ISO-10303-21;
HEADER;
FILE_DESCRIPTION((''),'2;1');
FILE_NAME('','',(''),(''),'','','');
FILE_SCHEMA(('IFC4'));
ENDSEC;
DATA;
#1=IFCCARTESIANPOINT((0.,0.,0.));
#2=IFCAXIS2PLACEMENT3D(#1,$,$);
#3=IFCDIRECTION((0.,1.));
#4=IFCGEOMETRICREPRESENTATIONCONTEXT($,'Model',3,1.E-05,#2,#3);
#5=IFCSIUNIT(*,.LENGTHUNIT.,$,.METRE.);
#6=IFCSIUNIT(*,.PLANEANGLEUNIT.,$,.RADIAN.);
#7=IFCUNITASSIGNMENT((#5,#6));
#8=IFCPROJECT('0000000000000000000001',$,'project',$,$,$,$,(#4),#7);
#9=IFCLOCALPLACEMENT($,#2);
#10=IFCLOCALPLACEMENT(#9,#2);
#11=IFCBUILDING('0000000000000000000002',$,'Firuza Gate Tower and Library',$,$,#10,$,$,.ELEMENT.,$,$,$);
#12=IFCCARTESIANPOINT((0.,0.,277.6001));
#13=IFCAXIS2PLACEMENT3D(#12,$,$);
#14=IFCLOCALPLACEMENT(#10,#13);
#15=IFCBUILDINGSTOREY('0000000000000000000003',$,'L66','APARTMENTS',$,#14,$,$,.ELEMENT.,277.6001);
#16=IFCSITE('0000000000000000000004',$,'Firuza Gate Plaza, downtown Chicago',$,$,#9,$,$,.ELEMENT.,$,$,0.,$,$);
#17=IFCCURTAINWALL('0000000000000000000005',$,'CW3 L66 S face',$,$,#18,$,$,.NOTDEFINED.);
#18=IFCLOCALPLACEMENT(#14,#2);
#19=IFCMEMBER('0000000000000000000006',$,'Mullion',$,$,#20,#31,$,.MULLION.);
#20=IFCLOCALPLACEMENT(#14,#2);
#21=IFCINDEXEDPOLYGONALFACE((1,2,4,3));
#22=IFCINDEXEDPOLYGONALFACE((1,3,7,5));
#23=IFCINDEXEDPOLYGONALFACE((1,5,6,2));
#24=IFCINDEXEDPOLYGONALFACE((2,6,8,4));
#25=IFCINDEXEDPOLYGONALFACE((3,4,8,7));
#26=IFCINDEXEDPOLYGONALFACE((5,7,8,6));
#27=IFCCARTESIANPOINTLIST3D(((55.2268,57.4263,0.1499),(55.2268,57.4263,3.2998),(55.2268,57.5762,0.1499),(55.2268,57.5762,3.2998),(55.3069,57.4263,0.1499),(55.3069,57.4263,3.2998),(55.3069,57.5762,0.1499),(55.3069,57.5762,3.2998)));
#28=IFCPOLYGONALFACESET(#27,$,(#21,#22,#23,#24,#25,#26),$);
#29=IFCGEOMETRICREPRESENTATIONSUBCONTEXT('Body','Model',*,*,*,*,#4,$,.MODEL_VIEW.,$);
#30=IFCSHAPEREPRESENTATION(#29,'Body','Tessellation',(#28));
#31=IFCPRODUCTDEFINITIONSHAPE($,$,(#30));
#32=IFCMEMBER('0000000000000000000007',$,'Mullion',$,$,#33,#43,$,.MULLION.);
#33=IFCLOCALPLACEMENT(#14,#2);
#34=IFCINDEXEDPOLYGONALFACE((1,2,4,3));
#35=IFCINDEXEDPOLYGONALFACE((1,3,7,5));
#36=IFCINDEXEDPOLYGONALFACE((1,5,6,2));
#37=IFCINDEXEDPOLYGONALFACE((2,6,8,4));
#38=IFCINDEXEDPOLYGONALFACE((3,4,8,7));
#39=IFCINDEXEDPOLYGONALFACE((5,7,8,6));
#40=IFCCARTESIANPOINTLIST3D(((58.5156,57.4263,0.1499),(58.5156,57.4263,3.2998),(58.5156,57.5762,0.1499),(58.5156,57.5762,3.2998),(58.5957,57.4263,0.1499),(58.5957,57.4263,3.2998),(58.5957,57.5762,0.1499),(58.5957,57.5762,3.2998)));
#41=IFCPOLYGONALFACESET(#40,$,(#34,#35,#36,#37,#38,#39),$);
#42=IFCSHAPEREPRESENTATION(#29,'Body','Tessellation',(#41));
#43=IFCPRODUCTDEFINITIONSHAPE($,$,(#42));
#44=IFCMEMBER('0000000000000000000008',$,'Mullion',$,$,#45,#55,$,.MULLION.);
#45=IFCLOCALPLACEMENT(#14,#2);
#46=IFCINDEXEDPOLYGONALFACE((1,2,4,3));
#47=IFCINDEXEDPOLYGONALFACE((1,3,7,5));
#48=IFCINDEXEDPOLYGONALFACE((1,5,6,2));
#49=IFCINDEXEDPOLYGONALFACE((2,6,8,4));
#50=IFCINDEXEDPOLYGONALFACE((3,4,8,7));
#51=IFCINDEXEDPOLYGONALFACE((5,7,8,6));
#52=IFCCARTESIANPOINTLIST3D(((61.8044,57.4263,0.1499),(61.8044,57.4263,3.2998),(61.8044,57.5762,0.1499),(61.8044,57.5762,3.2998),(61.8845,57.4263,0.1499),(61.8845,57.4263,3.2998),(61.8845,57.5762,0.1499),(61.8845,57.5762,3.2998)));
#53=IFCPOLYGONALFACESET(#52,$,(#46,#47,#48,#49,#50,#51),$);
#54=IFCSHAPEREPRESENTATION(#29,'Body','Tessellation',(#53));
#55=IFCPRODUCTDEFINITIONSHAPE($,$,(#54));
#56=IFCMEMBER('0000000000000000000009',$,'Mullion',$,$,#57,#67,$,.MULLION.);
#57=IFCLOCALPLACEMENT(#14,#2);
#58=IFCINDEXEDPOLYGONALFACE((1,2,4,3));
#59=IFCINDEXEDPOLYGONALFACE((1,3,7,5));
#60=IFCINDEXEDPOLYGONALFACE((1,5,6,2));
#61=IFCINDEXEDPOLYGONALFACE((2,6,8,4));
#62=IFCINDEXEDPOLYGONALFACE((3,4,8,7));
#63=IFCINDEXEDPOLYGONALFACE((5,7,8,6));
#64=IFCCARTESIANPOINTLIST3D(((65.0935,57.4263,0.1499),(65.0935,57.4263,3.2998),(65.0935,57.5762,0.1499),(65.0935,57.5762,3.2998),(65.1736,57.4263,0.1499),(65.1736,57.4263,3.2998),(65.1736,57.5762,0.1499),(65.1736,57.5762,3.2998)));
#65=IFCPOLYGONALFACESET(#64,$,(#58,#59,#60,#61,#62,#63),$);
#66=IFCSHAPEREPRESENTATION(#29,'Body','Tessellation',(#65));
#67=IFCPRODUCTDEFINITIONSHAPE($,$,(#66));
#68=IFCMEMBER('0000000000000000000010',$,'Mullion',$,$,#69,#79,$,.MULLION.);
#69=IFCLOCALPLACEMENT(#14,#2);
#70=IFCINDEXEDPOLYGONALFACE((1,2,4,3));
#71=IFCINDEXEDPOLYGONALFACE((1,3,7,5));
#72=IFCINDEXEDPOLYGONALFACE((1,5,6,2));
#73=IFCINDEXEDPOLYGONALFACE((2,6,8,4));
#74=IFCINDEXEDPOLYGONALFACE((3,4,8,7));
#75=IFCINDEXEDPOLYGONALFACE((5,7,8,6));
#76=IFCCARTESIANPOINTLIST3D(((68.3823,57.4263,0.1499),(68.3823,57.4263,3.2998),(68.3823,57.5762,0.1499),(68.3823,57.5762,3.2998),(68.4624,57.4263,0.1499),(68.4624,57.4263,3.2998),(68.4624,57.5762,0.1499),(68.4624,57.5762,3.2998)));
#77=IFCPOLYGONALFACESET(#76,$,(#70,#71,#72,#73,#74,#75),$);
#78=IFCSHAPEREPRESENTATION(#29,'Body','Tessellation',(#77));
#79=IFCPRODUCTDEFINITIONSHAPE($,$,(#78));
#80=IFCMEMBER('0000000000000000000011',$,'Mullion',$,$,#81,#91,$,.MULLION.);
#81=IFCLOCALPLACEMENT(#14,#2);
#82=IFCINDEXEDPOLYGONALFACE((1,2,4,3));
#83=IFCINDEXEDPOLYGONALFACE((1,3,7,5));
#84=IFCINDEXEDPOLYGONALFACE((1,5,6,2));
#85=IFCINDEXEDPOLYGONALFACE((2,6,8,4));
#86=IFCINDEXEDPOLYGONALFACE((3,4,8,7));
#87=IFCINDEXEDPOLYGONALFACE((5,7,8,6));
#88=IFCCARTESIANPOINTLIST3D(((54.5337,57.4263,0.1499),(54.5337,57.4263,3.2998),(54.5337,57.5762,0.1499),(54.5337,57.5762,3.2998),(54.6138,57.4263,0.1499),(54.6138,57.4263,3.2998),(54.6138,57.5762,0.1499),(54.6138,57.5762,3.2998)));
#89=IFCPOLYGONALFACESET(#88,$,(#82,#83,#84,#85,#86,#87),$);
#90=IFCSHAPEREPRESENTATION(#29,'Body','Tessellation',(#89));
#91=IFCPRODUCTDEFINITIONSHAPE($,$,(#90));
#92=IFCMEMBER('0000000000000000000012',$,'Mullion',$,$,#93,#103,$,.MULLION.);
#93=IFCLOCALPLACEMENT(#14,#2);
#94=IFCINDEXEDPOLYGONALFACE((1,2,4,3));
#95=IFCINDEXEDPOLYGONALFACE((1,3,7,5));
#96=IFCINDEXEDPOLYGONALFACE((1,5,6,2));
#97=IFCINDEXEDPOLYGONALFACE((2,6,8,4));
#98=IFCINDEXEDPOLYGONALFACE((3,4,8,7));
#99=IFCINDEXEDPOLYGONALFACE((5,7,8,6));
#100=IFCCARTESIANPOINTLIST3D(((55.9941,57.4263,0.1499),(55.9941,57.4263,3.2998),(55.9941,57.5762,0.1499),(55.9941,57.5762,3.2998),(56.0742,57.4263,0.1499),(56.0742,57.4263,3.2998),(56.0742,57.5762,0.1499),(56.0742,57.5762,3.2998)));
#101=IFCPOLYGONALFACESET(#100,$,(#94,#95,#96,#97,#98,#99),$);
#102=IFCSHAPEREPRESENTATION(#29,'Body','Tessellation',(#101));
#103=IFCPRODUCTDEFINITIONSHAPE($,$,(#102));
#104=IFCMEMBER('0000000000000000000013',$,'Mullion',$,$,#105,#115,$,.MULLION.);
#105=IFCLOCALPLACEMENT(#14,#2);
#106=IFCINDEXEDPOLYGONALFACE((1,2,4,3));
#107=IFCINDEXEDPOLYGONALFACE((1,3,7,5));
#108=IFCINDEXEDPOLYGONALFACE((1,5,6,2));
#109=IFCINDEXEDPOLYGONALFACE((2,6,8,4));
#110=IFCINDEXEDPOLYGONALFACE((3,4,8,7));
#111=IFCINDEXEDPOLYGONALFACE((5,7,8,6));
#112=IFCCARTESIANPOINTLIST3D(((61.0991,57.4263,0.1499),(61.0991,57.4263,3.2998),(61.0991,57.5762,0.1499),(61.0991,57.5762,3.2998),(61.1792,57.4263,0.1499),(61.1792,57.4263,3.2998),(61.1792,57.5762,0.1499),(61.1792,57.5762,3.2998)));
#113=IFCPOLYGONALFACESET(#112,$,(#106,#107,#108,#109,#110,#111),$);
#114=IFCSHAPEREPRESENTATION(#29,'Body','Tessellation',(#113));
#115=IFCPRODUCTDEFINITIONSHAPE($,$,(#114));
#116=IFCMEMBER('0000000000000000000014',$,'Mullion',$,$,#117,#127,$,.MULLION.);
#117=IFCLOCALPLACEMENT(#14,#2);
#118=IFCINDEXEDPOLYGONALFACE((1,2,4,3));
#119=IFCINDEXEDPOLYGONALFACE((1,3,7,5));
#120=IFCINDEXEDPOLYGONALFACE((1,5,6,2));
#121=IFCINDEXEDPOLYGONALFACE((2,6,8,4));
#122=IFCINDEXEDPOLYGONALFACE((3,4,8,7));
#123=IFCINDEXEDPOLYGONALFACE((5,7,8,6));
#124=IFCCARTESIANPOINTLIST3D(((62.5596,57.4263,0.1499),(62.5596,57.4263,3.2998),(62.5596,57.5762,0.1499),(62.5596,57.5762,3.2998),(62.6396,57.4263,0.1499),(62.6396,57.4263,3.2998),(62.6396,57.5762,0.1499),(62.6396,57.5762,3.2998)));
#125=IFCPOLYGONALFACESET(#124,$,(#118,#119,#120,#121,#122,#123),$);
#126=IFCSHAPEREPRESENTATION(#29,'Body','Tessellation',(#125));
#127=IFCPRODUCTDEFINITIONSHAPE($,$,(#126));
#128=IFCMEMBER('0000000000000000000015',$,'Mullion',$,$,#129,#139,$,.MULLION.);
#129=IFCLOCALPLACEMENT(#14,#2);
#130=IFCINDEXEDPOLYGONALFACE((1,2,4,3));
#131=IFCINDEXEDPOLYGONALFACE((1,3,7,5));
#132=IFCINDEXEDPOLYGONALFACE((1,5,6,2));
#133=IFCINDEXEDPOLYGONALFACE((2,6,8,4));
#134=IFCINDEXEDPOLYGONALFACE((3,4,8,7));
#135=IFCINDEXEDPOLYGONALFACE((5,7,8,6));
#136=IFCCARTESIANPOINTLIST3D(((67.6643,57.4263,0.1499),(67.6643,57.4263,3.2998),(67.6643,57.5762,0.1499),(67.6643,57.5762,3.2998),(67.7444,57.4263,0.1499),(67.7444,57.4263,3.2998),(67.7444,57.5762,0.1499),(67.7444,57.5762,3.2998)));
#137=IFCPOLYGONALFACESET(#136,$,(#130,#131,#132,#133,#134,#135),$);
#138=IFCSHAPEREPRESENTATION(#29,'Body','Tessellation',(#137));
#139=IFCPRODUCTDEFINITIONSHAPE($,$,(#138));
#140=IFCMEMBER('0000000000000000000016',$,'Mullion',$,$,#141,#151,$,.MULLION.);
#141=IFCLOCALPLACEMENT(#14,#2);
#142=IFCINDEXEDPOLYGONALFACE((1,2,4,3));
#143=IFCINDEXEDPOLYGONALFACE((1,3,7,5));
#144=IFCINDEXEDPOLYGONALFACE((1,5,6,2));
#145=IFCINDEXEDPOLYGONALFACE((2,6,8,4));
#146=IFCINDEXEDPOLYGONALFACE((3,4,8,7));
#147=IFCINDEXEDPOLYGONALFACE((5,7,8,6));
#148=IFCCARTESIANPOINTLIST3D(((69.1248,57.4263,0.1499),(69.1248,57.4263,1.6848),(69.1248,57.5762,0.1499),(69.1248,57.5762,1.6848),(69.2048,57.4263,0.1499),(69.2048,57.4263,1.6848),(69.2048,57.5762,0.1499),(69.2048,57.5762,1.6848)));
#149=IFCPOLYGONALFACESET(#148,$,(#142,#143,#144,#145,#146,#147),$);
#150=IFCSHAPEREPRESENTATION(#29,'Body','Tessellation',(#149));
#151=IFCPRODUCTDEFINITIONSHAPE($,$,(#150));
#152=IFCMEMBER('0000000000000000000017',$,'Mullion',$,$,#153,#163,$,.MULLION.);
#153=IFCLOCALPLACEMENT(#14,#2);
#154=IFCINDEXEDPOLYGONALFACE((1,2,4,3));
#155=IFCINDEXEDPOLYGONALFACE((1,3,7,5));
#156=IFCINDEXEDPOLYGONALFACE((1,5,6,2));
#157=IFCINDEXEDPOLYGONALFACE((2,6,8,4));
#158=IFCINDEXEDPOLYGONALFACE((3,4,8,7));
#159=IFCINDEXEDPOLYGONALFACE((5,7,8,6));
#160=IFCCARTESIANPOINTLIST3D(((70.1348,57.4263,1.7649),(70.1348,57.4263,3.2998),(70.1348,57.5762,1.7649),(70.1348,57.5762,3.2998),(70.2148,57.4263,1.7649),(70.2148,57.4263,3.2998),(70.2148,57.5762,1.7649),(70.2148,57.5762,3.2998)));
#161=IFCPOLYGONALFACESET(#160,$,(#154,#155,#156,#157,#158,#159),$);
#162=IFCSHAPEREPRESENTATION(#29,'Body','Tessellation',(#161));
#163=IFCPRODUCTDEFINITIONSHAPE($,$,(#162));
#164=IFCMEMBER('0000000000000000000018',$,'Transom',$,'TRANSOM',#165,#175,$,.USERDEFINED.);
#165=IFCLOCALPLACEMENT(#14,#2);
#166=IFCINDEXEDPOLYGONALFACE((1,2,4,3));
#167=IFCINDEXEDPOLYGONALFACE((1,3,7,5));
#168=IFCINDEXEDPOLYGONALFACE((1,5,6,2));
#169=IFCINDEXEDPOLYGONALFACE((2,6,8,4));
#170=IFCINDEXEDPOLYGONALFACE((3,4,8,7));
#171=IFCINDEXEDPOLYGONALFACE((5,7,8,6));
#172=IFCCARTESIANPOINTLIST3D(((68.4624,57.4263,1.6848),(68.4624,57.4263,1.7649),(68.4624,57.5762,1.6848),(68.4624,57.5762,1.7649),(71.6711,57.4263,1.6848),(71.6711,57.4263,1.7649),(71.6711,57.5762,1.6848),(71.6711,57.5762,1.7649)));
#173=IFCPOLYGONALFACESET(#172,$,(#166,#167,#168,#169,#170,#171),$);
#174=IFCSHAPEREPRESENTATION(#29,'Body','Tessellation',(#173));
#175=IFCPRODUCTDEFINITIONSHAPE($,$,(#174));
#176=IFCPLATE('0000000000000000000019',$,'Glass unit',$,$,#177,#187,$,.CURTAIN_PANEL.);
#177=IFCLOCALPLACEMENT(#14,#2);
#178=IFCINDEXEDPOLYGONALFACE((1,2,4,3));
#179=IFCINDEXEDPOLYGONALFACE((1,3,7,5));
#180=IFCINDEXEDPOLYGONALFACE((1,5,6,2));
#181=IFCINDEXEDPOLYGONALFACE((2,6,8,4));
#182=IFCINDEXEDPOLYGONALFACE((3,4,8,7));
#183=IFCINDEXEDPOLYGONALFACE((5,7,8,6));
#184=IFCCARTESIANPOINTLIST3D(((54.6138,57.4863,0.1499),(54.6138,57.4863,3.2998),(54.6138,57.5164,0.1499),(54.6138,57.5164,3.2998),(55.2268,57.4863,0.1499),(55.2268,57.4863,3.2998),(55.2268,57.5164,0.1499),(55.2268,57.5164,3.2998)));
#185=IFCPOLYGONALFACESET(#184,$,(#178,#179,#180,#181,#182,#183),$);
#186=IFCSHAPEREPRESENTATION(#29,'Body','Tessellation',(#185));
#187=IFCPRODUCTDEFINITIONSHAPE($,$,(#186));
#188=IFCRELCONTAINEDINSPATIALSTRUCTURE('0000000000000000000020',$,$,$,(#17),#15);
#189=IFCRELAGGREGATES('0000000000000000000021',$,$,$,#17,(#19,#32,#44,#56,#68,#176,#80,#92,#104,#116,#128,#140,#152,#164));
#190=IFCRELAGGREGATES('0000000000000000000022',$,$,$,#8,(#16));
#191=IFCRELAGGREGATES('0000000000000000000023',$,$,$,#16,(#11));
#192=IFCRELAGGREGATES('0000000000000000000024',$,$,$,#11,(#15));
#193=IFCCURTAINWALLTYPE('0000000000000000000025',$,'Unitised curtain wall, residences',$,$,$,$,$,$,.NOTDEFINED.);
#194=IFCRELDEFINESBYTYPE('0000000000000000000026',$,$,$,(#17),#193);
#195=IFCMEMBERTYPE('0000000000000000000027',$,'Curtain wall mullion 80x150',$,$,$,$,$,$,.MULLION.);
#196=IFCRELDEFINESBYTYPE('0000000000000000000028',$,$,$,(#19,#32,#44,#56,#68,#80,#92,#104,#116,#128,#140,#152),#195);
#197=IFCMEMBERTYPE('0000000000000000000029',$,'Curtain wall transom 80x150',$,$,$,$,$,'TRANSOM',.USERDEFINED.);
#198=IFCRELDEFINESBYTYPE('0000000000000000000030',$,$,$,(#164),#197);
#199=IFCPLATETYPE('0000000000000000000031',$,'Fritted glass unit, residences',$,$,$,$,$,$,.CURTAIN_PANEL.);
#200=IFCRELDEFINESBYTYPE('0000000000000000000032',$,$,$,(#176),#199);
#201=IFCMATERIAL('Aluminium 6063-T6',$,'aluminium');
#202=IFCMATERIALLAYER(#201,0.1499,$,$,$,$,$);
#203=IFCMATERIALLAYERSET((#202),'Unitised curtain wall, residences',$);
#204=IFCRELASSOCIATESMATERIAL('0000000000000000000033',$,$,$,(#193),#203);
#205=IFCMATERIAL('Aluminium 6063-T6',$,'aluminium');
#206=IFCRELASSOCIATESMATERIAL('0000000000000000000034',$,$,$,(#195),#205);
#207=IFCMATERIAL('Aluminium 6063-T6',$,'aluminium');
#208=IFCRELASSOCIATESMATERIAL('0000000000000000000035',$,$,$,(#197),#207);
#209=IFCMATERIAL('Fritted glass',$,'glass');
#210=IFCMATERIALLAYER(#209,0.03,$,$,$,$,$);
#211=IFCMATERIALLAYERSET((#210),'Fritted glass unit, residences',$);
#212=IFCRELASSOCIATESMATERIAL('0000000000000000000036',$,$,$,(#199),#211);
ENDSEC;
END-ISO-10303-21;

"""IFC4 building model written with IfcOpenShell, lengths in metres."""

from ifc_helpers import new_model, si_unit, direction, frame, origin, origin_2d, place, context, subcontext, project, spatial, polyline, rectangle, outline, extrude, material, layer, layer_set, material_profile, profile_set, type_object, element, aggregate, save


model = new_model("IFC4")

# Units and contexts
model_context = context("Model", 3, precision=1e-05, world=origin(), true_north=direction((0.0, 1.0)))
body_context = subcontext(model_context, "Body", "Model", "MODEL_VIEW")
ifc_project = project(units=[si_unit("LENGTHUNIT", "METRE"), si_unit("PLANEANGLEUNIT", "RADIAN")], contexts=[model_context])

# Site, building, storey
site_placement = place(None, origin())
site = spatial("IfcSite", under=ifc_project, at=site_placement, Name="Firuza Gate Plaza, downtown Chicago", CompositionType="ELEMENT", RefElevation=0.0)
building_placement = place(site_placement, origin())
building = spatial("IfcBuilding", under=site, at=building_placement, Name="Firuza Gate Tower and Library", CompositionType="ELEMENT")
storey_placement = place(building_placement, frame((0.0, 0.0, 277.6001)))
storey = spatial("IfcBuildingStorey", under=building, at=storey_placement, Name="L66", Description="APARTMENTS", CompositionType="ELEMENT", Elevation=277.6001)

# Curtain wall, members, plate
ifc_material_1 = material(Name="Aluminium 6063-T6", Category="aluminium")
ifc_layer_1 = layer(ifc_material_1, 0.1499)
ifc_layer_set_1 = layer_set([ifc_layer_1], Name="Unitised curtain wall, residences")
curtain_wall_type = type_object("IfcCurtainWallType", Name="Unitised curtain wall, residences", PredefinedType="NOTDEFINED", material=ifc_layer_set_1)
curtain_wall_placement = place(storey_placement, origin())
curtain_wall = element("IfcCurtainWall", 1, at=curtain_wall_placement, inside=storey, type_object=curtain_wall_type, Name="CW3 L66 S face", PredefinedType="NOTDEFINED")
ifc_material_2 = material(Name="Aluminium 6063-T6", Category="aluminium")
ifc_material_profile_1 = material_profile(ifc_material_2, rectangle(XDim=0.1499, YDim=0.0801, at=origin_2d()))
ifc_profile_set_1 = profile_set([ifc_material_profile_1], Name="Aluminium 6063-T6")
member_type_1 = type_object("IfcMemberType", Name="Curtain wall mullion 80x150", PredefinedType="MULLION", material=ifc_profile_set_1)
member_1_placement = place(storey_placement, frame((55.2668, 57.5012, 0.1499), z_axis=(0.0, 0.0, 1.0), x_axis=(0.0, 1.0, 0.0)))
member_1 = element("IfcMember", 2, at=member_1_placement, type_object=member_type_1, Name="Mullion", PredefinedType="MULLION", context=body_context, shape_type="SweptSolid", body=[
    extrude(rectangle(XDim=0.1499, YDim=0.0801, at=origin_2d()), origin(), (0.0, 0.0, 1.0), 3.1499),
])
member_2_placement = place(storey_placement, frame((58.5557, 57.5012, 0.1499), z_axis=(0.0, 0.0, 1.0), x_axis=(0.0, 1.0, 0.0)))
member_2 = element("IfcMember", 3, at=member_2_placement, type_object=member_type_1, Name="Mullion", PredefinedType="MULLION", context=body_context, shape_type="SweptSolid", body=[
    extrude(rectangle(XDim=0.1499, YDim=0.0801, at=origin_2d()), origin(), (0.0, 0.0, 1.0), 3.1499),
])
member_3_placement = place(storey_placement, frame((61.8445, 57.5012, 0.1499), z_axis=(0.0, 0.0, 1.0), x_axis=(0.0, 1.0, 0.0)))
member_3 = element("IfcMember", 4, at=member_3_placement, type_object=member_type_1, Name="Mullion", PredefinedType="MULLION", context=body_context, shape_type="SweptSolid", body=[
    extrude(rectangle(XDim=0.1499, YDim=0.0801, at=origin_2d()), origin(), (0.0, 0.0, 1.0), 3.1499),
])
member_4_placement = place(storey_placement, frame((65.1335, 57.5012, 0.1499), z_axis=(0.0, 0.0, 1.0), x_axis=(0.0, 1.0, 0.0)))
member_4 = element("IfcMember", 5, at=member_4_placement, type_object=member_type_1, Name="Mullion", PredefinedType="MULLION", context=body_context, shape_type="SweptSolid", body=[
    extrude(rectangle(XDim=0.1499, YDim=0.0801, at=origin_2d()), origin(), (0.0, 0.0, 1.0), 3.1499),
])
member_5_placement = place(storey_placement, frame((68.4224, 57.5012, 0.1499), z_axis=(0.0, 0.0, 1.0), x_axis=(0.0, 1.0, 0.0)))
member_5 = element("IfcMember", 6, at=member_5_placement, type_object=member_type_1, Name="Mullion", PredefinedType="MULLION", context=body_context, shape_type="SweptSolid", body=[
    extrude(rectangle(XDim=0.1499, YDim=0.0801, at=origin_2d()), origin(), (0.0, 0.0, 1.0), 3.1499),
])
member_6_placement = place(storey_placement, frame((54.5737, 57.5012, 0.1499), z_axis=(0.0, 0.0, 1.0), x_axis=(0.0, 1.0, 0.0)))
member_6 = element("IfcMember", 7, at=member_6_placement, type_object=member_type_1, Name="Mullion", PredefinedType="MULLION", context=body_context, shape_type="SweptSolid", body=[
    extrude(rectangle(XDim=0.1499, YDim=0.0801, at=origin_2d()), origin(), (0.0, 0.0, 1.0), 3.1499),
])
member_7_placement = place(storey_placement, frame((56.0342, 57.5012, 0.1499), z_axis=(0.0, 0.0, 1.0), x_axis=(0.0, 1.0, 0.0)))
member_7 = element("IfcMember", 8, at=member_7_placement, type_object=member_type_1, Name="Mullion", PredefinedType="MULLION", context=body_context, shape_type="SweptSolid", body=[
    extrude(rectangle(XDim=0.1499, YDim=0.0801, at=origin_2d()), origin(), (0.0, 0.0, 1.0), 3.1499),
])
member_8_placement = place(storey_placement, frame((61.1392, 57.5012, 0.1499), z_axis=(0.0, 0.0, 1.0), x_axis=(0.0, 1.0, 0.0)))
member_8 = element("IfcMember", 9, at=member_8_placement, type_object=member_type_1, Name="Mullion", PredefinedType="MULLION", context=body_context, shape_type="SweptSolid", body=[
    extrude(rectangle(XDim=0.1499, YDim=0.0801, at=origin_2d()), origin(), (0.0, 0.0, 1.0), 3.1499),
])
member_9_placement = place(storey_placement, frame((62.5996, 57.5012, 0.1499), z_axis=(0.0, 0.0, 1.0), x_axis=(0.0, 1.0, 0.0)))
member_9 = element("IfcMember", 10, at=member_9_placement, type_object=member_type_1, Name="Mullion", PredefinedType="MULLION", context=body_context, shape_type="SweptSolid", body=[
    extrude(rectangle(XDim=0.1499, YDim=0.0801, at=origin_2d()), origin(), (0.0, 0.0, 1.0), 3.1499),
])
member_10_placement = place(storey_placement, frame((67.7043, 57.5012, 0.1499), z_axis=(0.0, 0.0, 1.0), x_axis=(0.0, 1.0, 0.0)))
member_10 = element("IfcMember", 11, at=member_10_placement, type_object=member_type_1, Name="Mullion", PredefinedType="MULLION", context=body_context, shape_type="SweptSolid", body=[
    extrude(rectangle(XDim=0.1499, YDim=0.0801, at=origin_2d()), origin(), (0.0, 0.0, 1.0), 3.1499),
])
member_11_placement = place(storey_placement, frame((69.1648, 57.5012, 0.1499), z_axis=(0.0, 0.0, 1.0), x_axis=(0.0, 1.0, 0.0)))
member_11 = element("IfcMember", 12, at=member_11_placement, type_object=member_type_1, Name="Mullion", PredefinedType="MULLION", context=body_context, shape_type="SweptSolid", body=[
    extrude(rectangle(XDim=0.1499, YDim=0.0801, at=origin_2d()), origin(), (0.0, 0.0, 1.0), 1.5349),
])
member_12_placement = place(storey_placement, frame((70.1748, 57.5012, 1.7649), z_axis=(0.0, 0.0, 1.0), x_axis=(0.0, 1.0, 0.0)))
member_12 = element("IfcMember", 13, at=member_12_placement, type_object=member_type_1, Name="Mullion", PredefinedType="MULLION", context=body_context, shape_type="SweptSolid", body=[
    extrude(rectangle(XDim=0.1499, YDim=0.0801, at=origin_2d()), origin(), (0.0, 0.0, 1.0), 1.5349),
])
ifc_material_3 = material(Name="Aluminium 6063-T6", Category="aluminium")
ifc_material_profile_2 = material_profile(ifc_material_3, rectangle(XDim=0.1499, YDim=0.0801, at=origin_2d()))
ifc_profile_set_2 = profile_set([ifc_material_profile_2], Name="Aluminium 6063-T6")
member_type_2 = type_object("IfcMemberType", Name="Curtain wall transom 80x150", ElementType="TRANSOM", PredefinedType="USERDEFINED", material=ifc_profile_set_2)
member_13_placement = place(storey_placement, frame((68.4624, 57.5012, 1.7249), z_axis=(1.0, 0.0, 0.0), x_axis=(0.0, 1.0, 0.0)))
member_13 = element("IfcMember", 14, at=member_13_placement, type_object=member_type_2, Name="Transom", ObjectType="TRANSOM", PredefinedType="USERDEFINED", context=body_context, shape_type="SweptSolid", body=[
    extrude(rectangle(XDim=0.1499, YDim=0.0801, at=origin_2d()), origin(), (0.0, 0.0, 1.0), 3.2087),
])
ifc_material_4 = material(Name="Fritted glass", Category="glass")
ifc_layer_2 = layer(ifc_material_4, 0.03)
ifc_layer_set_2 = layer_set([ifc_layer_2], Name="Fritted glass unit, residences")
plate_type_1 = type_object("IfcPlateType", Name="Fritted glass unit, residences", PredefinedType="CURTAIN_PANEL", material=ifc_layer_set_2)
plate_1_placement = place(storey_placement, frame((54.6138, 57.4863, 0.1499), z_axis=(0.0, -1.0, 0.0), x_axis=(1.0, 0.0, 0.0)))
plate_1 = element("IfcPlate", 15, at=plate_1_placement, type_object=plate_type_1, Name="Glass unit", PredefinedType="CURTAIN_PANEL", context=body_context, shape_type="SweptSolid", body=[
    extrude(outline(polyline([(0.0, 0.0), (0.613, 0.0), (0.613, 3.1499), (0.0, 3.1499), (0.0, 0.0)])), origin(), (0.0, 0.0, -1.0), 0.03),
])
aggregate(curtain_wall, [member_1, member_2, member_3, member_4, member_5, plate_1, member_6, member_7, member_8, member_9, member_10, member_11, member_12, member_13])

save(model, "model.ifc")
